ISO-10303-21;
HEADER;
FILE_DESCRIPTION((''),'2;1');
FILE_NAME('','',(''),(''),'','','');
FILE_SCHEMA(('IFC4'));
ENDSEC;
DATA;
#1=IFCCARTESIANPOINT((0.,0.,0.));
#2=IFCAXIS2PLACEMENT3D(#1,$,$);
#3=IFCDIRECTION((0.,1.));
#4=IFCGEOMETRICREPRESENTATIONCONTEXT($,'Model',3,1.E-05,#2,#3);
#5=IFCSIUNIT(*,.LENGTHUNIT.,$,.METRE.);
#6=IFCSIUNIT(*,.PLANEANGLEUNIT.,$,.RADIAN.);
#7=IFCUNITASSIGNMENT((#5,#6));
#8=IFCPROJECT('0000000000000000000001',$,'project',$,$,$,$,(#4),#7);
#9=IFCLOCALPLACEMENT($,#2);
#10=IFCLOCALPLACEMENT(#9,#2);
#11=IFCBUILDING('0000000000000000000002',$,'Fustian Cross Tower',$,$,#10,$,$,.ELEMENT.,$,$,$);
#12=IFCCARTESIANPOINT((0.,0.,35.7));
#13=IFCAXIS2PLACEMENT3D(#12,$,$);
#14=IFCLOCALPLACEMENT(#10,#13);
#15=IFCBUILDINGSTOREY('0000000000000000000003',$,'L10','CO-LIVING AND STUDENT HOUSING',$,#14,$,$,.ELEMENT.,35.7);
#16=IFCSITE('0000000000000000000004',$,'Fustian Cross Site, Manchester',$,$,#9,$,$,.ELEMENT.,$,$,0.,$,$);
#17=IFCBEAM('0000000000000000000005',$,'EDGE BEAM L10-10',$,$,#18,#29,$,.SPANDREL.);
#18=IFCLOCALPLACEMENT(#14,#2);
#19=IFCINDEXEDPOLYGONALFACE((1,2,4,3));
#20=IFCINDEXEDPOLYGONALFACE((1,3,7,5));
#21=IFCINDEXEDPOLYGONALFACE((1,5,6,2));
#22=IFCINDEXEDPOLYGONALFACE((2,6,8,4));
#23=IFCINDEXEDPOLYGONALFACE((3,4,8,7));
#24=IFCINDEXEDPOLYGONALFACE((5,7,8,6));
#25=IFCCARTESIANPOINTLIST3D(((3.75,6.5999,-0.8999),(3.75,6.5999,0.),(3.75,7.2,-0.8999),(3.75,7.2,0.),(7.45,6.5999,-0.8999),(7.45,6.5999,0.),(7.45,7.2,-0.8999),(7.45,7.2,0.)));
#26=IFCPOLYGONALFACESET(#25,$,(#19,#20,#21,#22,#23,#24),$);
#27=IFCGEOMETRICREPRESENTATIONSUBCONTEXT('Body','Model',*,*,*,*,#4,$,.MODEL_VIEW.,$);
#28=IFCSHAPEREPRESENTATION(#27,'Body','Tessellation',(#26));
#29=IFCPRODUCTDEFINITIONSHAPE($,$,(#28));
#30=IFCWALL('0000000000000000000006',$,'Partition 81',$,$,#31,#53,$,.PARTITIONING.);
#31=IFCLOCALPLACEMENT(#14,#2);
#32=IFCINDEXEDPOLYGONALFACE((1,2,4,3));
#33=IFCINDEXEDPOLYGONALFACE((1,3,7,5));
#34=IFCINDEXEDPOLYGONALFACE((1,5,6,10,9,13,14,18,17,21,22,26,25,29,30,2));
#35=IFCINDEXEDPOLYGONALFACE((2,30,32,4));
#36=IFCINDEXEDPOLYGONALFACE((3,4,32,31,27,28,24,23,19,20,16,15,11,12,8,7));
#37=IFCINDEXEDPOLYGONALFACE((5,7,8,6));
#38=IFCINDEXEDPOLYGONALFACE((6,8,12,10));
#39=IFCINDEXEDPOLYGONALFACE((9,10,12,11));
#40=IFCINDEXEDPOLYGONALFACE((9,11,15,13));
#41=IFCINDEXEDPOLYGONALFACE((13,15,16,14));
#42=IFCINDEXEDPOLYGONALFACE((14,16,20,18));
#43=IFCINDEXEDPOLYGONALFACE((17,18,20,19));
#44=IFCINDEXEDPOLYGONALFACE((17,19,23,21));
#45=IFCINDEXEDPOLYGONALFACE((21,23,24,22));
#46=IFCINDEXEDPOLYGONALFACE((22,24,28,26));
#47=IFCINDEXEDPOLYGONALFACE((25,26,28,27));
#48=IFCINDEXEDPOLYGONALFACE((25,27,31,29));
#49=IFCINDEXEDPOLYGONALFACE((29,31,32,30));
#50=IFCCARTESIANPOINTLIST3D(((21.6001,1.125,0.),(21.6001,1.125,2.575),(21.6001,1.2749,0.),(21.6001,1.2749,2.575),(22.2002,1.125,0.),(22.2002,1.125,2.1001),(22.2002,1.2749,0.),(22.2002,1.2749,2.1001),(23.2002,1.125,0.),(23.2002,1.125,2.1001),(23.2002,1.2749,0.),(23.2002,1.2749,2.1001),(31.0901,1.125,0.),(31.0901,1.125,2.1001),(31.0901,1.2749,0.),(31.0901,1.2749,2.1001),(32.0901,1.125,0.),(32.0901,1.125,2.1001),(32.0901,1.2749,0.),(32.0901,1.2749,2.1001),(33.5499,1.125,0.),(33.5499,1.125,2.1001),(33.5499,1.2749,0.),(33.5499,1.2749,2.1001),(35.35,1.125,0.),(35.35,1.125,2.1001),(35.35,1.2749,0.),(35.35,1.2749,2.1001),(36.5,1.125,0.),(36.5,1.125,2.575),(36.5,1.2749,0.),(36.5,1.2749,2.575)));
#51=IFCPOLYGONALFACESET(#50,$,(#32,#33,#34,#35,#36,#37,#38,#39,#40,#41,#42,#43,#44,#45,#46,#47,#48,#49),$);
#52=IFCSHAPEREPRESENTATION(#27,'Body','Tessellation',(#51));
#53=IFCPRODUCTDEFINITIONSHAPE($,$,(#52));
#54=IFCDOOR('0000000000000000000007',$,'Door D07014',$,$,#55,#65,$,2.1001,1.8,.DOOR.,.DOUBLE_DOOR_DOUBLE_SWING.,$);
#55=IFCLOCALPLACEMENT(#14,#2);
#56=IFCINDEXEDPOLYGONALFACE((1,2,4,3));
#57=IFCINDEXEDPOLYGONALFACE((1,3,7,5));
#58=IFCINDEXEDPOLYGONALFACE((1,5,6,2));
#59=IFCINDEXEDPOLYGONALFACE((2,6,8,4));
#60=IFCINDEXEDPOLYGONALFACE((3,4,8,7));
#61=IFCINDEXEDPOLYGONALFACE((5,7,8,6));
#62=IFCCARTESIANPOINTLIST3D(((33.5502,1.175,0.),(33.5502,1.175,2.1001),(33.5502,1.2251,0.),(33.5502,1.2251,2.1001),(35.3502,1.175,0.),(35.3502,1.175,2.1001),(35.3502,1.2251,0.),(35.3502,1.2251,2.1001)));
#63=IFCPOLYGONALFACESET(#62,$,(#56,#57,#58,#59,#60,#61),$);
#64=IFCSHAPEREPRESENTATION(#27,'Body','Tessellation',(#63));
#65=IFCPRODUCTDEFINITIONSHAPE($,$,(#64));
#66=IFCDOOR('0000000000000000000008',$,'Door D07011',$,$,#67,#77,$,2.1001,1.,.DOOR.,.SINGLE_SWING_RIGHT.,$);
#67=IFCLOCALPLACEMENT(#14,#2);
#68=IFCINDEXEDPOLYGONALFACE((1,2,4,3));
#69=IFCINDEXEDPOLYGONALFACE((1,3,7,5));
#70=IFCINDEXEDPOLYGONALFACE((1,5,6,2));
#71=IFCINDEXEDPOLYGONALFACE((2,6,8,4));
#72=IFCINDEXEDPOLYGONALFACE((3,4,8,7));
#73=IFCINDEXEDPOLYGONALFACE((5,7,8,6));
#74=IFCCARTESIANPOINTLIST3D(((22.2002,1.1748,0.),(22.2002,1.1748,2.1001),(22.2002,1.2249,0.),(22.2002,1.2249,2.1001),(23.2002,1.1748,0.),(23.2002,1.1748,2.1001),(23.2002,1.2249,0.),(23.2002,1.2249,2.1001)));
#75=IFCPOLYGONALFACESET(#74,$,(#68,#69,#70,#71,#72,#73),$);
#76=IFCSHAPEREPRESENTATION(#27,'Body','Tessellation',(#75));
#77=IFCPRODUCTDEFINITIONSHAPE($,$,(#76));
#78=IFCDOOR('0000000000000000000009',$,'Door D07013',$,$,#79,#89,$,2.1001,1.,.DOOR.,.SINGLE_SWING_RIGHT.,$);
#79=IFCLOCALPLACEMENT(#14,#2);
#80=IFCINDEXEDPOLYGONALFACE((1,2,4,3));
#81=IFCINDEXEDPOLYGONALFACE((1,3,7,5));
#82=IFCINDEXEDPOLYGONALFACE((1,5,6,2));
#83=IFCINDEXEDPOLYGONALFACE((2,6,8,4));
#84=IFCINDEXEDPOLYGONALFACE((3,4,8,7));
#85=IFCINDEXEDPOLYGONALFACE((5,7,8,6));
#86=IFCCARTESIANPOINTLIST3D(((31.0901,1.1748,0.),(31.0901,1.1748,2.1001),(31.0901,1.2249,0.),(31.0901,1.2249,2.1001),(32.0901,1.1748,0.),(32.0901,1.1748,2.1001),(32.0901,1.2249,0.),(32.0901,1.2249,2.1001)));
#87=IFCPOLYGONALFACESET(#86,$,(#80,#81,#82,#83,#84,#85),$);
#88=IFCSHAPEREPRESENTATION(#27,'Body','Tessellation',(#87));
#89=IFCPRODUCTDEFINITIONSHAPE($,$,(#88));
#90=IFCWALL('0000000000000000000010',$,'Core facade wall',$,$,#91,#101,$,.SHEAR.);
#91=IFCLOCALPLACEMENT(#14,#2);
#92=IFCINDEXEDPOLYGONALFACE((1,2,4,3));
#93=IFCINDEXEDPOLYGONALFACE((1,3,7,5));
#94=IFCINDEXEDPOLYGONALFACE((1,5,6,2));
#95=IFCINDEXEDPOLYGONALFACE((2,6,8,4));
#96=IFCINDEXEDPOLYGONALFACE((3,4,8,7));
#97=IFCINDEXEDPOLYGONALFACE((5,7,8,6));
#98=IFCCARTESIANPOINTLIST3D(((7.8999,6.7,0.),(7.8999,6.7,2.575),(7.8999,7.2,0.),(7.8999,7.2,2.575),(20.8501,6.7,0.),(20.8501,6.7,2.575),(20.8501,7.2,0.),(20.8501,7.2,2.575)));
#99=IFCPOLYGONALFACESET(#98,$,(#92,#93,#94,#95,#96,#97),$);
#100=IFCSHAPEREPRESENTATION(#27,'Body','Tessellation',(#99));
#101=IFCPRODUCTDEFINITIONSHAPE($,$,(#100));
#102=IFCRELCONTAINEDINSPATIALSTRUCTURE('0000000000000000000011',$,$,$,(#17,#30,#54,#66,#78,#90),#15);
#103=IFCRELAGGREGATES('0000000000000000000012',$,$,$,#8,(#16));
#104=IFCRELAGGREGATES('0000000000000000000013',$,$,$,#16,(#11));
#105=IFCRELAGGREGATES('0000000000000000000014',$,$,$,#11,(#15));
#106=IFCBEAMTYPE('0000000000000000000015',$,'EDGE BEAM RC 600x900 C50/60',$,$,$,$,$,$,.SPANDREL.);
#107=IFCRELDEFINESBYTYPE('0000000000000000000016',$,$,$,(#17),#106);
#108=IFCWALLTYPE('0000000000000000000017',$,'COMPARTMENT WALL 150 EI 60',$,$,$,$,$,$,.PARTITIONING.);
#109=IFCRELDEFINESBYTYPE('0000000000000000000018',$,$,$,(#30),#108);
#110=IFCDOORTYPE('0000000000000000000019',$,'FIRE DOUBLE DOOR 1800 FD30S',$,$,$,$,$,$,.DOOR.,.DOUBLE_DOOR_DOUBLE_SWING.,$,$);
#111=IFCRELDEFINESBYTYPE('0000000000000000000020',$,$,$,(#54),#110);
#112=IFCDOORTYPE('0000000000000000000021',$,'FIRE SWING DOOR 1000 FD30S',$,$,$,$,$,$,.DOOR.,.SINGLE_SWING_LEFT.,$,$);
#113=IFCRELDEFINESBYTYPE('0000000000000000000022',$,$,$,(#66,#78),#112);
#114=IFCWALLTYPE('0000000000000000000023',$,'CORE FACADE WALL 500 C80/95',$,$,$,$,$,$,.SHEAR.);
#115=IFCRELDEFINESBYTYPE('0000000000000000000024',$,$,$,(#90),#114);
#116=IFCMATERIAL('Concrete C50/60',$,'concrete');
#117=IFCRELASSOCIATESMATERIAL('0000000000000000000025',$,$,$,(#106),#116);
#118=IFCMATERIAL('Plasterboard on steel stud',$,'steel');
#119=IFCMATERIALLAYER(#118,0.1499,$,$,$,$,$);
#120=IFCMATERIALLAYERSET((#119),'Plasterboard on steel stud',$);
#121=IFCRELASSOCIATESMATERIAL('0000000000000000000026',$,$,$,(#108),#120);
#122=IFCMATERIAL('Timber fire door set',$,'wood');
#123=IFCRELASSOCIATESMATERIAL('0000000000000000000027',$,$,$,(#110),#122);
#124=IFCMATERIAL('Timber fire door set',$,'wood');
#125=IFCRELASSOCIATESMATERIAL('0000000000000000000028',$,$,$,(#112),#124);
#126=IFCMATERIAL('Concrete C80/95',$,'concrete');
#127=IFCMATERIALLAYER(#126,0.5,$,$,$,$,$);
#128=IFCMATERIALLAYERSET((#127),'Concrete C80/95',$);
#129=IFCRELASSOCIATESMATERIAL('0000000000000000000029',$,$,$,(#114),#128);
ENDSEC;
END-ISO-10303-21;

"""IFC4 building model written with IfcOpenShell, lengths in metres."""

from ifc_helpers import new_model, si_unit, direction, frame, frame_2d, origin, origin_2d, place, context, subcontext, project, spatial, rectangle, extrude, material, layer, layer_set, material_profile, profile_set, type_object, element, fill, save


model = new_model("IFC4")

# Units and contexts
model_context = context("Model", 3, precision=1e-05, world=origin(), true_north=direction((0.0, 1.0)))
body_context = subcontext(model_context, "Body", "Model", "MODEL_VIEW")
ifc_project = project(units=[si_unit("LENGTHUNIT", "METRE"), si_unit("PLANEANGLEUNIT", "RADIAN")], contexts=[model_context])

# Site, building, storey
site_placement = place(None, origin())
site = spatial("IfcSite", under=ifc_project, at=site_placement, Name="Fustian Cross Site, Manchester", CompositionType="ELEMENT", RefElevation=0.0)
building_placement = place(site_placement, origin())
building = spatial("IfcBuilding", under=site, at=building_placement, Name="Fustian Cross Tower", CompositionType="ELEMENT")
storey_placement = place(building_placement, frame((0.0, 0.0, 35.7)))
storey = spatial("IfcBuildingStorey", under=building, at=storey_placement, Name="L10", Description="CO-LIVING AND STUDENT HOUSING", CompositionType="ELEMENT", Elevation=35.7)

# Beam
ifc_material_1 = material(Name="Concrete C50/60", Category="concrete")
ifc_material_profile = material_profile(ifc_material_1, rectangle(XDim=0.6001, YDim=0.8999, at=origin_2d()), Name="RC 600x900")
ifc_profile_set = profile_set([ifc_material_profile], Name="Concrete C50/60")
beam_type = type_object("IfcBeamType", Name="EDGE BEAM RC 600x900 C50/60", PredefinedType="SPANDREL", material=ifc_profile_set)
beam_placement = place(storey_placement, frame((7.45, 6.8999, -0.45), z_axis=(-1.0, 0.0, 0.0), x_axis=(0.0, -1.0, 0.0)))
element("IfcBeam", 1, at=beam_placement, inside=storey, type_object=beam_type, Name="EDGE BEAM L10-10", PredefinedType="SPANDREL", context=body_context, shape_type="SweptSolid", body=[
    extrude(rectangle(XDim=0.6001, YDim=0.8999, at=origin_2d()), origin(), (0.0, 0.0, 1.0), 3.7),
])

# Wall, openings, doors
ifc_material_2 = material(Name="Plasterboard on steel stud", Category="steel")
ifc_layer_1 = layer(ifc_material_2, 0.1499)
ifc_layer_set_1 = layer_set([ifc_layer_1], Name="Plasterboard on steel stud")
wall_type_1 = type_object("IfcWallType", Name="COMPARTMENT WALL 150 EI 60", PredefinedType="PARTITIONING", material=ifc_layer_set_1)
wall_1_placement = place(storey_placement, frame((21.6001, 1.2, 0.0), z_axis=(0.0, 0.0, 1.0), x_axis=(1.0, 0.0, 0.0)))
wall_1 = element("IfcWall", 2, at=wall_1_placement, inside=storey, type_object=wall_type_1, Name="Partition 81", PredefinedType="PARTITIONING", context=body_context, shape_type="SweptSolid", body=[
    extrude(rectangle(XDim=14.8999, YDim=0.1499, at=frame_2d((7.45, 0.0))), origin(), (0.0, 0.0, 1.0), 2.575),
])
opening_1_placement = place(wall_1_placement, frame((0.6001, 0.0, 0.0)))
opening_1 = element("IfcOpeningElement", 3, at=opening_1_placement, cuts=wall_1, PredefinedType="OPENING", context=body_context, shape_type="SweptSolid", body=[
    extrude(rectangle(XDim=1.0, YDim=2.1001, at=frame_2d((0.5, 1.05))), frame((0.0, 0.085, 0.0), z_axis=(0.0, -1.0, 0.0), x_axis=(1.0, 0.0, 0.0)), (0.0, 0.0, 1.0), 0.1699),
])
opening_2_placement = place(wall_1_placement, frame((9.49, 0.0, 0.0)))
opening_2 = element("IfcOpeningElement", 4, at=opening_2_placement, cuts=wall_1, PredefinedType="OPENING", context=body_context, shape_type="SweptSolid", body=[
    extrude(rectangle(XDim=1.0, YDim=2.1001, at=frame_2d((0.5, 1.05))), frame((0.0, 0.085, 0.0), z_axis=(0.0, -1.0, 0.0), x_axis=(1.0, 0.0, 0.0)), (0.0, 0.0, 1.0), 0.1699),
])
opening_3_placement = place(wall_1_placement, frame((11.95, 0.0, 0.0)))
opening_3 = element("IfcOpeningElement", 5, at=opening_3_placement, cuts=wall_1, PredefinedType="OPENING", context=body_context, shape_type="SweptSolid", body=[
    extrude(rectangle(XDim=1.8, YDim=2.1001, at=frame_2d((0.8999, 1.05))), frame((0.0, 0.085, 0.0), z_axis=(0.0, -1.0, 0.0), x_axis=(1.0, 0.0, 0.0)), (0.0, 0.0, 1.0), 0.1699),
])
ifc_material_3 = material(Name="Timber fire door set", Category="wood")
door_type_1 = type_object("IfcDoorType", Name="FIRE DOUBLE DOOR 1800 FD30S", OperationType="DOUBLE_DOOR_DOUBLE_SWING", PredefinedType="DOOR", material=ifc_material_3)
door_1_placement = place(opening_3_placement, frame((1.8, 0.0, 0.0), z_axis=(0.0, 0.0, 1.0), x_axis=(-1.0, 0.0, 0.0)))
door_1 = element("IfcDoor", 6, at=door_1_placement, inside=storey, type_object=door_type_1, Name="Door D07014", OperationType="DOUBLE_DOOR_DOUBLE_SWING", OverallHeight=2.1001, OverallWidth=1.8, PredefinedType="DOOR", context=body_context, shape_type="SweptSolid", body=[
    extrude(rectangle(XDim=1.8, YDim=2.1001, at=frame_2d((0.8999, 1.05))), frame((0.0, 0.0249, 0.0), z_axis=(0.0, -1.0, 0.0), x_axis=(1.0, 0.0, 0.0)), (0.0, 0.0, 1.0), 0.05),
])
fill(opening_3, door_1)
ifc_material_4 = material(Name="Timber fire door set", Category="wood")
door_type_2 = type_object("IfcDoorType", Name="FIRE SWING DOOR 1000 FD30S", OperationType="SINGLE_SWING_LEFT", PredefinedType="DOOR", material=ifc_material_4)
door_2_placement = place(opening_1_placement, origin())
door_2 = element("IfcDoor", 7, at=door_2_placement, inside=storey, type_object=door_type_2, Name="Door D07011", OperationType="SINGLE_SWING_RIGHT", OverallHeight=2.1001, OverallWidth=1.0, PredefinedType="DOOR", context=body_context, shape_type="SweptSolid", body=[
    extrude(rectangle(XDim=1.0, YDim=2.1001, at=frame_2d((0.5, 1.05))), frame((0.0, 0.0249, 0.0), z_axis=(0.0, -1.0, 0.0), x_axis=(1.0, 0.0, 0.0)), (0.0, 0.0, 1.0), 0.05),
])
fill(opening_1, door_2)
door_3_placement = place(opening_2_placement, origin())
door_3 = element("IfcDoor", 8, at=door_3_placement, inside=storey, type_object=door_type_2, Name="Door D07013", OperationType="SINGLE_SWING_RIGHT", OverallHeight=2.1001, OverallWidth=1.0, PredefinedType="DOOR", context=body_context, shape_type="SweptSolid", body=[
    extrude(rectangle(XDim=1.0, YDim=2.1001, at=frame_2d((0.5, 1.05))), frame((0.0, 0.0249, 0.0), z_axis=(0.0, -1.0, 0.0), x_axis=(1.0, 0.0, 0.0)), (0.0, 0.0, 1.0), 0.05),
])
fill(opening_2, door_3)

# Wall
ifc_material_5 = material(Name="Concrete C80/95", Category="concrete")
ifc_layer_2 = layer(ifc_material_5, 0.5)
ifc_layer_set_2 = layer_set([ifc_layer_2], Name="Concrete C80/95")
wall_type_2 = type_object("IfcWallType", Name="CORE FACADE WALL 500 C80/95", PredefinedType="SHEAR", material=ifc_layer_set_2)
wall_2_placement = place(storey_placement, frame((7.8999, 6.95, 0.0), z_axis=(0.0, 0.0, 1.0), x_axis=(1.0, 0.0, 0.0)))
element("IfcWall", 9, at=wall_2_placement, inside=storey, type_object=wall_type_2, Name="Core facade wall", PredefinedType="SHEAR", context=body_context, shape_type="SweptSolid", body=[
    extrude(rectangle(XDim=12.9502, YDim=0.5, at=frame_2d((6.4751, 0.0))), origin(), (0.0, 0.0, 1.0), 2.575),
])

save(model, "model.ifc")
